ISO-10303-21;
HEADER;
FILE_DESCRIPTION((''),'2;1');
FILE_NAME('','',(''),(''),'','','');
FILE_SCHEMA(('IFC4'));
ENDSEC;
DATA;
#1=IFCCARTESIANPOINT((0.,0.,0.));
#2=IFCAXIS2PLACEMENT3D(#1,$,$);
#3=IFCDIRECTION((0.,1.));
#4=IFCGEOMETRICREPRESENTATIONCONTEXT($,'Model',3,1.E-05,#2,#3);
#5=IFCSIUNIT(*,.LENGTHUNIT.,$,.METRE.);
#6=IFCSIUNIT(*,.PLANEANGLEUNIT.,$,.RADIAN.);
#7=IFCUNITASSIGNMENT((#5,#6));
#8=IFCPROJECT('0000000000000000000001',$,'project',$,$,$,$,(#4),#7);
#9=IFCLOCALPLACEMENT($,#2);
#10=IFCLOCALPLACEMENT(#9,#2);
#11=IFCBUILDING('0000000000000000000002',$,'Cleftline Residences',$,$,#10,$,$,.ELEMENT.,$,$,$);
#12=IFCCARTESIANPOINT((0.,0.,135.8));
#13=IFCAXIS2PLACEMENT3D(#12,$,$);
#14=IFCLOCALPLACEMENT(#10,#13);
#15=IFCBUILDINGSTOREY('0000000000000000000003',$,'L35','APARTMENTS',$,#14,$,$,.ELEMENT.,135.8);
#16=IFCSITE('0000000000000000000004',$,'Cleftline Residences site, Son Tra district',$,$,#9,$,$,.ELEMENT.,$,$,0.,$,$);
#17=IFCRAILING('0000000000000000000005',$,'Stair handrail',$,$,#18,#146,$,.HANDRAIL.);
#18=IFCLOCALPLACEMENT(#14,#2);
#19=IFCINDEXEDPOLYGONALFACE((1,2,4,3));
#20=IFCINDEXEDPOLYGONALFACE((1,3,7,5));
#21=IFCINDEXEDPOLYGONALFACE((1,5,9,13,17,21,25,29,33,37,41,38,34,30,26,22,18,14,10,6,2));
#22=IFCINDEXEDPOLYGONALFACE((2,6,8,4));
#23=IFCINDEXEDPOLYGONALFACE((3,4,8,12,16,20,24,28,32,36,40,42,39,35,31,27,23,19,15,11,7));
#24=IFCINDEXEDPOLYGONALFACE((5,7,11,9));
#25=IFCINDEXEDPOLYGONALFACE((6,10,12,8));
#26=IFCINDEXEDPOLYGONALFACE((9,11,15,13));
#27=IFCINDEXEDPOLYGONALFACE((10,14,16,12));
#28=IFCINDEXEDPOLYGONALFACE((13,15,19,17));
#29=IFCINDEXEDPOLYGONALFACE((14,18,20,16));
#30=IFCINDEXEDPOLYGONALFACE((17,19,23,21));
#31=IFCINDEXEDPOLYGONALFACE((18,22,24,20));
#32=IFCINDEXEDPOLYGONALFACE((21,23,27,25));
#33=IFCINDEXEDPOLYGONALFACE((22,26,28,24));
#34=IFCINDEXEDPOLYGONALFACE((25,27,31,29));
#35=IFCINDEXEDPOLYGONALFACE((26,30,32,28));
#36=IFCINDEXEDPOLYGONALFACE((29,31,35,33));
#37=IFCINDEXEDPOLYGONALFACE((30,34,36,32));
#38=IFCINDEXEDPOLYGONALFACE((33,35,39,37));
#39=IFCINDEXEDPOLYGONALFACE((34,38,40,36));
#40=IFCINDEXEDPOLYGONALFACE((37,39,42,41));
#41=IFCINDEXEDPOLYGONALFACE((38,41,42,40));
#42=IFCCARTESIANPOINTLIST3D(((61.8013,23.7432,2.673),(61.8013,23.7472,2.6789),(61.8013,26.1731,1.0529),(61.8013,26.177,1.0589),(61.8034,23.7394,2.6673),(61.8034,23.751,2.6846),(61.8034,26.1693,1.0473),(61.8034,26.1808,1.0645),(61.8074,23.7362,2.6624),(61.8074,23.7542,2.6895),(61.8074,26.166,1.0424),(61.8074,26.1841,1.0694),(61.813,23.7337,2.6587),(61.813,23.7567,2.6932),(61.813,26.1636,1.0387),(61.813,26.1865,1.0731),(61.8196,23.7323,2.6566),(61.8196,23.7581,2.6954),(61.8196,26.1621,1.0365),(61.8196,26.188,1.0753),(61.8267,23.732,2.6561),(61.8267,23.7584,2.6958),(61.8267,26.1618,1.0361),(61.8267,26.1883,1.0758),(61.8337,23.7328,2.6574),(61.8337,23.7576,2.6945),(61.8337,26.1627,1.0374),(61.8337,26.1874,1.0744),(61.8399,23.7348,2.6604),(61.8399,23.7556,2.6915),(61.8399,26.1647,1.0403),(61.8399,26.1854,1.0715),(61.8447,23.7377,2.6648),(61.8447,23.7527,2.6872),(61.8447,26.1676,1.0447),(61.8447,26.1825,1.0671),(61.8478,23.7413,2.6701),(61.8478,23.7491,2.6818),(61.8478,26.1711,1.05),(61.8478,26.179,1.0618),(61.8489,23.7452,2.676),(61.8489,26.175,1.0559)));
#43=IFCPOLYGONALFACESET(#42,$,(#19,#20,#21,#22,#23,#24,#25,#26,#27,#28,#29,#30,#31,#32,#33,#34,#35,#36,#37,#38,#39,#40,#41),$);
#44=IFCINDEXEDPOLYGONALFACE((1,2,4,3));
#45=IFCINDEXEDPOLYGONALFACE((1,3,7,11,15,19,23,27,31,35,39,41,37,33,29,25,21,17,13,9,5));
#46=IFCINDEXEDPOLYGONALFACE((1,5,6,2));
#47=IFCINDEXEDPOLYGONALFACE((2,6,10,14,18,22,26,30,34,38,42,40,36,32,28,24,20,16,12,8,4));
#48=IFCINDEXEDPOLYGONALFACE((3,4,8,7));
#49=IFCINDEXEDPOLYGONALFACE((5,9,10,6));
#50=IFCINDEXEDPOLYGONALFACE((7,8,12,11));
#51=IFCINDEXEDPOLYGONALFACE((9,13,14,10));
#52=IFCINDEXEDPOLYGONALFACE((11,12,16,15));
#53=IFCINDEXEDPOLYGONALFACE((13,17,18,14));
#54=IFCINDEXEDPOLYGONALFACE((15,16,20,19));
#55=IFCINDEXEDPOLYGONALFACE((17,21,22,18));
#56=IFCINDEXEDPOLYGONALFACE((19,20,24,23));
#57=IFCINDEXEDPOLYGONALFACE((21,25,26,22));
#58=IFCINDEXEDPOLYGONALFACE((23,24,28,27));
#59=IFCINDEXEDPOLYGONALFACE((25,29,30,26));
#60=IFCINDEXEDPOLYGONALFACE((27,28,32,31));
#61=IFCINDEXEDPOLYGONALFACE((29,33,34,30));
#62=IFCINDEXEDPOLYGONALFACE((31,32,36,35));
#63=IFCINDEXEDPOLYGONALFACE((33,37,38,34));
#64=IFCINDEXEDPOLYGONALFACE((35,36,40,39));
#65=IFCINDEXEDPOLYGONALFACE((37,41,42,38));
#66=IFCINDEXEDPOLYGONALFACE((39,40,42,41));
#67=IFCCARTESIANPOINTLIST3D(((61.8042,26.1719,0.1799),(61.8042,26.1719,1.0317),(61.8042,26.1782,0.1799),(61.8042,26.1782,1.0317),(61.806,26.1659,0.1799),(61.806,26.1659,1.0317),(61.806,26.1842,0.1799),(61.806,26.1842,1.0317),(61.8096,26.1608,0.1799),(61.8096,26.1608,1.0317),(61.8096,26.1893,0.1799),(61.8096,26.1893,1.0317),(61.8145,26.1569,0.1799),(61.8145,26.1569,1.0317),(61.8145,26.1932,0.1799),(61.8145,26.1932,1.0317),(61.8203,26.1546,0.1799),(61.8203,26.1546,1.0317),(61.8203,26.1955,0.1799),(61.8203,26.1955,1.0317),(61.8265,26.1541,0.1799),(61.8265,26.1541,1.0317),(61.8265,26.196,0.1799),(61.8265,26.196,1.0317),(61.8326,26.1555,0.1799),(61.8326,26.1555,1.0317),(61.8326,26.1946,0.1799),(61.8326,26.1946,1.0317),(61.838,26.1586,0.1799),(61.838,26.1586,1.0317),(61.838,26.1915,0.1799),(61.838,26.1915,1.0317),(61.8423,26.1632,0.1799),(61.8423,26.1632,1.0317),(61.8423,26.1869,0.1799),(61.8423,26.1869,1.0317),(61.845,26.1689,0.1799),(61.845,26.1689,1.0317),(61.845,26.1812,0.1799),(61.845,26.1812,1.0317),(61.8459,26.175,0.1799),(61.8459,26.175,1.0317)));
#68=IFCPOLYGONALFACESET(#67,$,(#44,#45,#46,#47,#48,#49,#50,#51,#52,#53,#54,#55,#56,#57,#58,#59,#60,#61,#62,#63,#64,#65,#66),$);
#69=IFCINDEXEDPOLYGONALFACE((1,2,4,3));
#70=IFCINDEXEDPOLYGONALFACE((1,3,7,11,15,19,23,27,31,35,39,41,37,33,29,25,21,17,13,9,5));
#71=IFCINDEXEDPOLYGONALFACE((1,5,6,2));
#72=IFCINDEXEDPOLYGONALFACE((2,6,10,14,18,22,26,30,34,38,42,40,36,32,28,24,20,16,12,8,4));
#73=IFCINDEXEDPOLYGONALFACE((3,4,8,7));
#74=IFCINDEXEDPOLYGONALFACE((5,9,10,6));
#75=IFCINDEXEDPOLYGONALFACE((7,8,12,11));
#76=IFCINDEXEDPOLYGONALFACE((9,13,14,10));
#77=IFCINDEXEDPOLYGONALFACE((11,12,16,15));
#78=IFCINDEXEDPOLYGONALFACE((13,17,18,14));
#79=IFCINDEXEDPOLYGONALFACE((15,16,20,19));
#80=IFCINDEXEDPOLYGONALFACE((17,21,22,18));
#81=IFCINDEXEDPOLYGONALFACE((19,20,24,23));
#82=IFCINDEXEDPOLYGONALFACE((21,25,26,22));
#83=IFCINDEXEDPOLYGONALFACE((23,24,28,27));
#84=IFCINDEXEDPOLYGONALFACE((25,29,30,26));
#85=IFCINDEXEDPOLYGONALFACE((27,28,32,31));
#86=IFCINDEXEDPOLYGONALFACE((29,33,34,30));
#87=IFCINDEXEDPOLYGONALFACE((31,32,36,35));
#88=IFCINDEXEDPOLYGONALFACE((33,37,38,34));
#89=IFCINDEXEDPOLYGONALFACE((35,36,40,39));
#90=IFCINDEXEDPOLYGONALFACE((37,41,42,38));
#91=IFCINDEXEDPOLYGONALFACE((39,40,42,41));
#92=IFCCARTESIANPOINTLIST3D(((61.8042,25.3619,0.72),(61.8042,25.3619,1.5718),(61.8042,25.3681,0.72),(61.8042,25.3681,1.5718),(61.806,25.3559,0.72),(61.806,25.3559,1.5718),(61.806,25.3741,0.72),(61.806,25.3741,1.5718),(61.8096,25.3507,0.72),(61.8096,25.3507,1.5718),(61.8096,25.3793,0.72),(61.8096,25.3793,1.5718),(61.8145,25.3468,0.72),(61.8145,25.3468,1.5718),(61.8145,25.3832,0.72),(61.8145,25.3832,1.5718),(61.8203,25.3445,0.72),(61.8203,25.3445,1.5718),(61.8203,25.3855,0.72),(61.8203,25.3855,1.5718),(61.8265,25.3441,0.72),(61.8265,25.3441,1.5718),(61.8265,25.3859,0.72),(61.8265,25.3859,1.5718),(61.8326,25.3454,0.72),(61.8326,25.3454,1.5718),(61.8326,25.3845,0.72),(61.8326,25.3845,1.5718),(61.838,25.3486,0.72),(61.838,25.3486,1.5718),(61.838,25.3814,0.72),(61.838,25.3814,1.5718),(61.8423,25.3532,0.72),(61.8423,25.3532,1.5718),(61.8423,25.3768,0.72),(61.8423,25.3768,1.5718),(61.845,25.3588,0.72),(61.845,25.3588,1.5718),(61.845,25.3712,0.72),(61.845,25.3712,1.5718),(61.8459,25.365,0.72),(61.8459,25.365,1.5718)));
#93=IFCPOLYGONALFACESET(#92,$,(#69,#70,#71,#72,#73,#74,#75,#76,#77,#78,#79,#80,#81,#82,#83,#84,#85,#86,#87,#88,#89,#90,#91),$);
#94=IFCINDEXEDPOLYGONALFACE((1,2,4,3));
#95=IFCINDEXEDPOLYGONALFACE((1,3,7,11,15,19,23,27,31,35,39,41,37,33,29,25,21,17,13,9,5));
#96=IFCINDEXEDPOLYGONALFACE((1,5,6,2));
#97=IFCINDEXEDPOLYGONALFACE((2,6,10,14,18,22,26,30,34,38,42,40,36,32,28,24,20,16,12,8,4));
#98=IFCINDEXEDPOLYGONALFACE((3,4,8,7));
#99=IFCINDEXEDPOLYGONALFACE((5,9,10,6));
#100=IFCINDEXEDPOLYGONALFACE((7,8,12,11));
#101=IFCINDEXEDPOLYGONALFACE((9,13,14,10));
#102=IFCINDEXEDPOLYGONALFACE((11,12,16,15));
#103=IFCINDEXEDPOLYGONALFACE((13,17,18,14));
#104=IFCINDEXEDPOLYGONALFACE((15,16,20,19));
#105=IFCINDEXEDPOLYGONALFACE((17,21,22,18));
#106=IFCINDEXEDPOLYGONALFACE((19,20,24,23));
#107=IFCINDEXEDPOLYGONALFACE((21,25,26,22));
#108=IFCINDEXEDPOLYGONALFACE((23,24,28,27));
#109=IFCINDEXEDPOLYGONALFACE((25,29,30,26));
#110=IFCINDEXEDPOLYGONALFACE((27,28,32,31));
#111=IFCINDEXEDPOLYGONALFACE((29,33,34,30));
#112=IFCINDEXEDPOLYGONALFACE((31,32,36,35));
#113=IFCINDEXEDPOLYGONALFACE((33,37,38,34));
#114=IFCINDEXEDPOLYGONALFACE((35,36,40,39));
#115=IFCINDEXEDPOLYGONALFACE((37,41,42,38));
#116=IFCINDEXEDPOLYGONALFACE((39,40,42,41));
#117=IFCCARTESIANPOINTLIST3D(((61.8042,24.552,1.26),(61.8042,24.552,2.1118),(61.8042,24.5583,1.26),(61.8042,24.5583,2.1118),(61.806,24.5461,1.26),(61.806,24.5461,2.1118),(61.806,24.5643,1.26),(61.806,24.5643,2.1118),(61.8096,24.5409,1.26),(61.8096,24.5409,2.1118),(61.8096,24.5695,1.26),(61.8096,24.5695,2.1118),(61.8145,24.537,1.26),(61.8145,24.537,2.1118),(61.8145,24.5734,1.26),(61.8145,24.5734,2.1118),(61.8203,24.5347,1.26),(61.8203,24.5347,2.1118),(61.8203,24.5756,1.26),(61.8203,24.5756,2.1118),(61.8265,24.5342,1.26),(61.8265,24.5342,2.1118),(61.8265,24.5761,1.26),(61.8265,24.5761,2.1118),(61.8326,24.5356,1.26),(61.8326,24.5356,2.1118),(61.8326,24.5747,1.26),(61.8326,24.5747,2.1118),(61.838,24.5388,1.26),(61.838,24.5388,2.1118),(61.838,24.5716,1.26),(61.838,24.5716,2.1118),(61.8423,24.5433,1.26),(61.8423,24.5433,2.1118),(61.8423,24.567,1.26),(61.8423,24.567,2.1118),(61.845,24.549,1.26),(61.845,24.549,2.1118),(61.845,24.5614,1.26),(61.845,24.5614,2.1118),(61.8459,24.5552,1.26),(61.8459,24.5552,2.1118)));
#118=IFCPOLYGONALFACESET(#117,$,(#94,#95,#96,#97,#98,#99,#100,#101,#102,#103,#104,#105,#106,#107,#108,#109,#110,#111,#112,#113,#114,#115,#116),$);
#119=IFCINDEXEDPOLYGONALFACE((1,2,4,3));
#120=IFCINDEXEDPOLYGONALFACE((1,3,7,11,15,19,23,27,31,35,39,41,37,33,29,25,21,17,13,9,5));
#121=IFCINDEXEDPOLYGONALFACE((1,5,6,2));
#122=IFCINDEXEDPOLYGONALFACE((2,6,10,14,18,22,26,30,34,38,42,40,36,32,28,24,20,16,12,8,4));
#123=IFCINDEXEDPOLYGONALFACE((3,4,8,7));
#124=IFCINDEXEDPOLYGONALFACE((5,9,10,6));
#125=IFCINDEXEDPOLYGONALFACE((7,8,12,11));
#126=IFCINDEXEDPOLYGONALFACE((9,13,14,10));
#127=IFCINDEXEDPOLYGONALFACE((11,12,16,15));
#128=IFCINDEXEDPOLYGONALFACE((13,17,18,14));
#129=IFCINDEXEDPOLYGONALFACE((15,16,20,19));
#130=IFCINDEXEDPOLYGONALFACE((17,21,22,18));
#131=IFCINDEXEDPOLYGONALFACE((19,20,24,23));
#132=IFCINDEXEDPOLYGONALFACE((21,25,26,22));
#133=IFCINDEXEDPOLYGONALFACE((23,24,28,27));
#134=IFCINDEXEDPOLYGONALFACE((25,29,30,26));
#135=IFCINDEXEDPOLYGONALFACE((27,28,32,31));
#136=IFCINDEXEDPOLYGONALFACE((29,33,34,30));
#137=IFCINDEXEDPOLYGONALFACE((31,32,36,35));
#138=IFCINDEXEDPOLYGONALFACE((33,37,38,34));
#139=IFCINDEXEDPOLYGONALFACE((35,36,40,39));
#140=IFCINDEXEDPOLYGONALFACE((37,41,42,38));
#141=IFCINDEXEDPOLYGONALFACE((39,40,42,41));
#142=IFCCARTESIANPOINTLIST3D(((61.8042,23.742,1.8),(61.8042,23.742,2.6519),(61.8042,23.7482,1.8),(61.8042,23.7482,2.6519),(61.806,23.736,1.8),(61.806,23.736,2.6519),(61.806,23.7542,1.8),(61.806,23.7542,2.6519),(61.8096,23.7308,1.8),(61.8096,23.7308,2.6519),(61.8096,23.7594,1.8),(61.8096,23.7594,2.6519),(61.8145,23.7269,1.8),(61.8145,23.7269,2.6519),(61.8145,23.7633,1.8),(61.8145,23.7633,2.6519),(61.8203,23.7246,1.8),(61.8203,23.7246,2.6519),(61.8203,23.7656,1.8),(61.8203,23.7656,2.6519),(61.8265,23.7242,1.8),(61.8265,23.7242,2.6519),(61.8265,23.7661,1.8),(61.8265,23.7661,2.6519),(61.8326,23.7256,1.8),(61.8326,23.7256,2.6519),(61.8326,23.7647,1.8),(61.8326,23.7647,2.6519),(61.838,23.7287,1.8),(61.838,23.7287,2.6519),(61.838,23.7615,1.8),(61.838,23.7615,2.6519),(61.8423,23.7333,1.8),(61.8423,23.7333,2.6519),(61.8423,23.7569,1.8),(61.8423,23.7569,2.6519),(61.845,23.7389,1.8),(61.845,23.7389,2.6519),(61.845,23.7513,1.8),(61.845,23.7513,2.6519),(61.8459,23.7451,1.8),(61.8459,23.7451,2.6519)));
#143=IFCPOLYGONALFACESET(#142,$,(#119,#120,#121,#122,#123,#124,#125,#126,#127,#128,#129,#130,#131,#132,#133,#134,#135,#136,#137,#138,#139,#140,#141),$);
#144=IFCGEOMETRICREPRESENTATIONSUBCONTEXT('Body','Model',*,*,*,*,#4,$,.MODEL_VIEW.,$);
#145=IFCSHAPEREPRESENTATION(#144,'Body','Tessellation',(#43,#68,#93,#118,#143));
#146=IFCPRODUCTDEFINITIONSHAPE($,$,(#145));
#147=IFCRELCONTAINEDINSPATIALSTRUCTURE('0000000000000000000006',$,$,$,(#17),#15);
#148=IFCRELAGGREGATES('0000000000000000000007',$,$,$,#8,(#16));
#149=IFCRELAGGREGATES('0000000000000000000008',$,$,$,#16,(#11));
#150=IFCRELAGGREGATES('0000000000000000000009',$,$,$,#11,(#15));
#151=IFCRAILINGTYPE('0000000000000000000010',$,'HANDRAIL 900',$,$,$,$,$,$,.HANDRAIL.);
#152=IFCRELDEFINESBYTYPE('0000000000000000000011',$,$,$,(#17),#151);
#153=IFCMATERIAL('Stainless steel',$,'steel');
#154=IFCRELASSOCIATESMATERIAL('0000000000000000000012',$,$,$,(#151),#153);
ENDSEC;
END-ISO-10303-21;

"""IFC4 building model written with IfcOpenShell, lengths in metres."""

from ifc_helpers import new_model, si_unit, direction, frame, origin, origin_2d, place, context, subcontext, project, spatial, circle, extrude, material, type_object, element, save


model = new_model("IFC4")

# Units and contexts
model_context = context("Model", 3, precision=1e-05, world=origin(), true_north=direction((0.0, 1.0)))
body_context = subcontext(model_context, "Body", "Model", "MODEL_VIEW")
ifc_project = project(units=[si_unit("LENGTHUNIT", "METRE"), si_unit("PLANEANGLEUNIT", "RADIAN")], contexts=[model_context])

# Site, building, storey
site_placement = place(None, origin())
site = spatial("IfcSite", under=ifc_project, at=site_placement, Name="Cleftline Residences site, Son Tra district", CompositionType="ELEMENT", RefElevation=0.0)
building_placement = place(site_placement, origin())
building = spatial("IfcBuilding", under=site, at=building_placement, Name="Cleftline Residences", CompositionType="ELEMENT")
storey_placement = place(building_placement, frame((0.0, 0.0, 135.8)))
storey = spatial("IfcBuildingStorey", under=building, at=storey_placement, Name="L35", Description="APARTMENTS", CompositionType="ELEMENT", Elevation=135.8)

# Railing
ifc_material_1 = material(Name="Stainless steel", Category="steel")
railing_type = type_object("IfcRailingType", Name="HANDRAIL 900", PredefinedType="HANDRAIL", material=ifc_material_1)
railing_placement = place(storey_placement, frame((61.825, 26.175, 0.1799)))
element("IfcRailing", 1, at=railing_placement, inside=storey, type_object=railing_type, Name="Stair handrail", PredefinedType="HANDRAIL", context=body_context, shape_type="SweptSolid", body=[
    extrude(circle(Radius=0.0239, at=origin_2d()), frame((0.0, 0.0, 0.876), z_axis=(0.0, -0.832025, 0.554739), x_axis=(1.0, 0.0, 0.0)), (0.0, 0.0, 1.0), 2.9204),
    extrude(circle(Radius=0.021, at=origin_2d()), origin(), (0.0, 0.0, 1.0), 0.8518),
    extrude(circle(Radius=0.021, at=origin_2d()), frame((0.0, -0.8101, 0.54)), (0.0, 0.0, 1.0), 0.8518),
    extrude(circle(Radius=0.021, at=origin_2d()), frame((0.0, -1.6199, 1.0801)), (0.0, 0.0, 1.0), 0.8518),
    extrude(circle(Radius=0.021, at=origin_2d()), frame((0.0, -2.4299, 1.6201)), (0.0, 0.0, 1.0), 0.8518),
])

save(model, "model.ifc")
